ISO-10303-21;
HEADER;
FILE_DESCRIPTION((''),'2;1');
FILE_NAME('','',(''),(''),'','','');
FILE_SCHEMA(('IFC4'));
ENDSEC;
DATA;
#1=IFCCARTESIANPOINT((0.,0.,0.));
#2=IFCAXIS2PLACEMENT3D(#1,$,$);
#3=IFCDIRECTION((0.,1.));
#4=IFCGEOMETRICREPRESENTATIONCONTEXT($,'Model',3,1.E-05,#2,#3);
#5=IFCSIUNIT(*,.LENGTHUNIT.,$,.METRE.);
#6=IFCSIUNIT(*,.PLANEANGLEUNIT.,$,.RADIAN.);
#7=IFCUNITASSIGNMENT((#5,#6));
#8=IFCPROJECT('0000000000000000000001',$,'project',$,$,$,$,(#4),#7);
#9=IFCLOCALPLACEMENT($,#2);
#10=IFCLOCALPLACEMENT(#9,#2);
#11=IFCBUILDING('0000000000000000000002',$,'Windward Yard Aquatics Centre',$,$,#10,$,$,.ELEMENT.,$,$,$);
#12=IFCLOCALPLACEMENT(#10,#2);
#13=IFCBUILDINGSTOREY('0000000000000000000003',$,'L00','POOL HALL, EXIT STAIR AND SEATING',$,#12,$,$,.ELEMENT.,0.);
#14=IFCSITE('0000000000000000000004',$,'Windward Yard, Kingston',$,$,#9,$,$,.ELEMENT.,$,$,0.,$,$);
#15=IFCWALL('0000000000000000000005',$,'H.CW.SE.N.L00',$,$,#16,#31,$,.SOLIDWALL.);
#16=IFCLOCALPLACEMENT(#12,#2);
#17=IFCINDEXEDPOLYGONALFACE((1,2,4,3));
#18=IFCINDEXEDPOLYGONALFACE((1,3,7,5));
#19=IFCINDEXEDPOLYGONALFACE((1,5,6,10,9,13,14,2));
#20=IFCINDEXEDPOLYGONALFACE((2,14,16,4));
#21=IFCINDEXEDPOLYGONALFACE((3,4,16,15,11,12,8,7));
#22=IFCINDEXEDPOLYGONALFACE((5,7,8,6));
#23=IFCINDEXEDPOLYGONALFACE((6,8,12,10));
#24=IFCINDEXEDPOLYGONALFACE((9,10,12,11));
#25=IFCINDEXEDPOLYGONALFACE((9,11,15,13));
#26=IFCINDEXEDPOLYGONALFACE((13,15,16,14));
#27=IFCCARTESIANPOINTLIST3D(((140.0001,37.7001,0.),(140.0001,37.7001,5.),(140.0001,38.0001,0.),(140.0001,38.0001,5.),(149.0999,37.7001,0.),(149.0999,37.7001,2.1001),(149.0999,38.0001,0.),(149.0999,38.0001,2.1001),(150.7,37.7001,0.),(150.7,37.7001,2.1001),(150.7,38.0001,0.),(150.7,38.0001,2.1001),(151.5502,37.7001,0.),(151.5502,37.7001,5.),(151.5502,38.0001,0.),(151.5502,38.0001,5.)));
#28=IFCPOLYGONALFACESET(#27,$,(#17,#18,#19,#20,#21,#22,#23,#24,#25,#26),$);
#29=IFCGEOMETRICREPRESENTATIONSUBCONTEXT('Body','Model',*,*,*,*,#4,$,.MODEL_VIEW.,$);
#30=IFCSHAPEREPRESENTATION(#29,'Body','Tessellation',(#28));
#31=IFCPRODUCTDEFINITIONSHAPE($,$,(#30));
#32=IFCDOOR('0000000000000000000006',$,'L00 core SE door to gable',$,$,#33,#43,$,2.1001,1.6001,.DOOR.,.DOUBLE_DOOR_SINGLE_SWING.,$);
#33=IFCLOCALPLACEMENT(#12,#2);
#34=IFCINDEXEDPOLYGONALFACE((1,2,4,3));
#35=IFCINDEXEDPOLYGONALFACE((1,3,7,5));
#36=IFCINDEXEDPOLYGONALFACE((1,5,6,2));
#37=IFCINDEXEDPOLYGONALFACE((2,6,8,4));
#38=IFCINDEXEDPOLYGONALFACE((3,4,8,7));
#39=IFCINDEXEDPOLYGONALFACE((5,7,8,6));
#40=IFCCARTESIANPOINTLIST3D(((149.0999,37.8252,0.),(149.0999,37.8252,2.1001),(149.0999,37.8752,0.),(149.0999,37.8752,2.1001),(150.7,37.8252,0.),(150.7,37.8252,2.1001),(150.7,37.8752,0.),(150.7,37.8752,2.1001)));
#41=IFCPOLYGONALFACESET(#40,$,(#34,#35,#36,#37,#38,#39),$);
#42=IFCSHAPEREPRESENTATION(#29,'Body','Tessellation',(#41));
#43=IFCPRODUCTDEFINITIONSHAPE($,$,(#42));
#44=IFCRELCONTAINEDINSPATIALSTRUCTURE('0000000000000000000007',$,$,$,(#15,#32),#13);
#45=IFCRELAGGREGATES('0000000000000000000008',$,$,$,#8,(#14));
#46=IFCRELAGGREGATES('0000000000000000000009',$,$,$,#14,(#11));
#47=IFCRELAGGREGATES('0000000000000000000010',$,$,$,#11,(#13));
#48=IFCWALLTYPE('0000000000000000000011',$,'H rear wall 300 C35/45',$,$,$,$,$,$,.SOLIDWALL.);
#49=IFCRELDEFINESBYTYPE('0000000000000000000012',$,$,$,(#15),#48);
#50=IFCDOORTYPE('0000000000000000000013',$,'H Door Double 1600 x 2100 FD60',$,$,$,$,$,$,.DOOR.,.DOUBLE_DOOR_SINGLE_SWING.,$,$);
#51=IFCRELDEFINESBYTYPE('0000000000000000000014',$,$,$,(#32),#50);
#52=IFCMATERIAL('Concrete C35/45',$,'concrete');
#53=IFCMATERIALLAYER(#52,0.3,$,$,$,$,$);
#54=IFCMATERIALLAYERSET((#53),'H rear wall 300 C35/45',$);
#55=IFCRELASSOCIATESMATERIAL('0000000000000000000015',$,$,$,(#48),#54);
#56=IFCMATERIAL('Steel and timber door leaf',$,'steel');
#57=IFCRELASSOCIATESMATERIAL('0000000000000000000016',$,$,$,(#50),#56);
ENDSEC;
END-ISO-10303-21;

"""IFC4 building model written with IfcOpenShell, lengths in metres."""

from ifc_helpers import new_model, si_unit, direction, frame, frame_2d, origin, place, context, subcontext, project, spatial, rectangle, extrude, material, layer, layer_set, type_object, element, fill, save


model = new_model("IFC4")

# Units and contexts
model_context = context("Model", 3, precision=1e-05, world=origin(), true_north=direction((0.0, 1.0)))
body_context = subcontext(model_context, "Body", "Model", "MODEL_VIEW")
ifc_project = project(units=[si_unit("LENGTHUNIT", "METRE"), si_unit("PLANEANGLEUNIT", "RADIAN")], contexts=[model_context])

# Site, building, storey
site_placement = place(None, origin())
site = spatial("IfcSite", under=ifc_project, at=site_placement, Name="Windward Yard, Kingston", CompositionType="ELEMENT", RefElevation=0.0)
building_placement = place(site_placement, origin())
building = spatial("IfcBuilding", under=site, at=building_placement, Name="Windward Yard Aquatics Centre", CompositionType="ELEMENT")
storey_placement = place(building_placement, origin())
storey = spatial("IfcBuildingStorey", under=building, at=storey_placement, Name="L00", Description="POOL HALL, EXIT STAIR AND SEATING", CompositionType="ELEMENT", Elevation=0.0)

# Shared definitions
ifc_material_1 = material(Name="Concrete C35/45", Category="concrete")

# Shared definitions
ifc_material_2 = material(Name="Steel and timber door leaf", Category="steel")

# Shared definitions
ifc_layer_1 = layer(ifc_material_1, 0.3)
ifc_layer_set_1 = layer_set([ifc_layer_1], Name="H rear wall 300 C35/45")
wall_type_1 = type_object("IfcWallType", Name="H rear wall 300 C35/45", PredefinedType="SOLIDWALL", material=ifc_layer_set_1)

# Wall, opening, door
wall_1_placement = place(storey_placement, frame((151.55, 37.8501, 0.0), z_axis=(0.0, 0.0, 1.0), x_axis=(-1.0, 0.0, 0.0)))
wall_1 = element("IfcWall", 1, at=wall_1_placement, inside=storey, type_object=wall_type_1, Name="H.CW.SE.N.L00", PredefinedType="SOLIDWALL", context=body_context, shape_type="SweptSolid", body=[
    extrude(rectangle(XDim=11.55, YDim=0.3, at=frame_2d((5.7749, 0.0))), origin(), (0.0, 0.0, 1.0), 5.0),
])
opening_1_placement = place(wall_1_placement, frame((0.8501, 0.0, 0.0)))
opening_1 = element("IfcOpeningElement", 2, at=opening_1_placement, cuts=wall_1, PredefinedType="OPENING", context=body_context, shape_type="SweptSolid", body=[
    extrude(rectangle(XDim=1.6001, YDim=2.1001, at=frame_2d((0.8, 1.05))), frame((0.0, 0.1602, 0.0), z_axis=(0.0, -1.0, 0.0), x_axis=(1.0, 0.0, 0.0)), (0.0, 0.0, 1.0), 0.3201),
])
door_type_1 = type_object("IfcDoorType", Name="H Door Double 1600 x 2100 FD60", OperationType="DOUBLE_DOOR_SINGLE_SWING", PredefinedType="DOOR", material=ifc_material_2)
door_1_placement = place(opening_1_placement, origin())
door_1 = element("IfcDoor", 3, at=door_1_placement, inside=storey, type_object=door_type_1, Name="L00 core SE door to gable", OperationType="DOUBLE_DOOR_SINGLE_SWING", OverallHeight=2.1001, OverallWidth=1.6001, PredefinedType="DOOR", context=body_context, shape_type="SweptSolid", body=[
    extrude(rectangle(XDim=1.6001, YDim=2.1001, at=frame_2d((0.8, 1.05))), frame((0.0, 0.0249, 0.0), z_axis=(0.0, -1.0, 0.0), x_axis=(1.0, 0.0, 0.0)), (0.0, 0.0, 1.0), 0.05),
])
fill(opening_1, door_1)

save(model, "model.ifc")
